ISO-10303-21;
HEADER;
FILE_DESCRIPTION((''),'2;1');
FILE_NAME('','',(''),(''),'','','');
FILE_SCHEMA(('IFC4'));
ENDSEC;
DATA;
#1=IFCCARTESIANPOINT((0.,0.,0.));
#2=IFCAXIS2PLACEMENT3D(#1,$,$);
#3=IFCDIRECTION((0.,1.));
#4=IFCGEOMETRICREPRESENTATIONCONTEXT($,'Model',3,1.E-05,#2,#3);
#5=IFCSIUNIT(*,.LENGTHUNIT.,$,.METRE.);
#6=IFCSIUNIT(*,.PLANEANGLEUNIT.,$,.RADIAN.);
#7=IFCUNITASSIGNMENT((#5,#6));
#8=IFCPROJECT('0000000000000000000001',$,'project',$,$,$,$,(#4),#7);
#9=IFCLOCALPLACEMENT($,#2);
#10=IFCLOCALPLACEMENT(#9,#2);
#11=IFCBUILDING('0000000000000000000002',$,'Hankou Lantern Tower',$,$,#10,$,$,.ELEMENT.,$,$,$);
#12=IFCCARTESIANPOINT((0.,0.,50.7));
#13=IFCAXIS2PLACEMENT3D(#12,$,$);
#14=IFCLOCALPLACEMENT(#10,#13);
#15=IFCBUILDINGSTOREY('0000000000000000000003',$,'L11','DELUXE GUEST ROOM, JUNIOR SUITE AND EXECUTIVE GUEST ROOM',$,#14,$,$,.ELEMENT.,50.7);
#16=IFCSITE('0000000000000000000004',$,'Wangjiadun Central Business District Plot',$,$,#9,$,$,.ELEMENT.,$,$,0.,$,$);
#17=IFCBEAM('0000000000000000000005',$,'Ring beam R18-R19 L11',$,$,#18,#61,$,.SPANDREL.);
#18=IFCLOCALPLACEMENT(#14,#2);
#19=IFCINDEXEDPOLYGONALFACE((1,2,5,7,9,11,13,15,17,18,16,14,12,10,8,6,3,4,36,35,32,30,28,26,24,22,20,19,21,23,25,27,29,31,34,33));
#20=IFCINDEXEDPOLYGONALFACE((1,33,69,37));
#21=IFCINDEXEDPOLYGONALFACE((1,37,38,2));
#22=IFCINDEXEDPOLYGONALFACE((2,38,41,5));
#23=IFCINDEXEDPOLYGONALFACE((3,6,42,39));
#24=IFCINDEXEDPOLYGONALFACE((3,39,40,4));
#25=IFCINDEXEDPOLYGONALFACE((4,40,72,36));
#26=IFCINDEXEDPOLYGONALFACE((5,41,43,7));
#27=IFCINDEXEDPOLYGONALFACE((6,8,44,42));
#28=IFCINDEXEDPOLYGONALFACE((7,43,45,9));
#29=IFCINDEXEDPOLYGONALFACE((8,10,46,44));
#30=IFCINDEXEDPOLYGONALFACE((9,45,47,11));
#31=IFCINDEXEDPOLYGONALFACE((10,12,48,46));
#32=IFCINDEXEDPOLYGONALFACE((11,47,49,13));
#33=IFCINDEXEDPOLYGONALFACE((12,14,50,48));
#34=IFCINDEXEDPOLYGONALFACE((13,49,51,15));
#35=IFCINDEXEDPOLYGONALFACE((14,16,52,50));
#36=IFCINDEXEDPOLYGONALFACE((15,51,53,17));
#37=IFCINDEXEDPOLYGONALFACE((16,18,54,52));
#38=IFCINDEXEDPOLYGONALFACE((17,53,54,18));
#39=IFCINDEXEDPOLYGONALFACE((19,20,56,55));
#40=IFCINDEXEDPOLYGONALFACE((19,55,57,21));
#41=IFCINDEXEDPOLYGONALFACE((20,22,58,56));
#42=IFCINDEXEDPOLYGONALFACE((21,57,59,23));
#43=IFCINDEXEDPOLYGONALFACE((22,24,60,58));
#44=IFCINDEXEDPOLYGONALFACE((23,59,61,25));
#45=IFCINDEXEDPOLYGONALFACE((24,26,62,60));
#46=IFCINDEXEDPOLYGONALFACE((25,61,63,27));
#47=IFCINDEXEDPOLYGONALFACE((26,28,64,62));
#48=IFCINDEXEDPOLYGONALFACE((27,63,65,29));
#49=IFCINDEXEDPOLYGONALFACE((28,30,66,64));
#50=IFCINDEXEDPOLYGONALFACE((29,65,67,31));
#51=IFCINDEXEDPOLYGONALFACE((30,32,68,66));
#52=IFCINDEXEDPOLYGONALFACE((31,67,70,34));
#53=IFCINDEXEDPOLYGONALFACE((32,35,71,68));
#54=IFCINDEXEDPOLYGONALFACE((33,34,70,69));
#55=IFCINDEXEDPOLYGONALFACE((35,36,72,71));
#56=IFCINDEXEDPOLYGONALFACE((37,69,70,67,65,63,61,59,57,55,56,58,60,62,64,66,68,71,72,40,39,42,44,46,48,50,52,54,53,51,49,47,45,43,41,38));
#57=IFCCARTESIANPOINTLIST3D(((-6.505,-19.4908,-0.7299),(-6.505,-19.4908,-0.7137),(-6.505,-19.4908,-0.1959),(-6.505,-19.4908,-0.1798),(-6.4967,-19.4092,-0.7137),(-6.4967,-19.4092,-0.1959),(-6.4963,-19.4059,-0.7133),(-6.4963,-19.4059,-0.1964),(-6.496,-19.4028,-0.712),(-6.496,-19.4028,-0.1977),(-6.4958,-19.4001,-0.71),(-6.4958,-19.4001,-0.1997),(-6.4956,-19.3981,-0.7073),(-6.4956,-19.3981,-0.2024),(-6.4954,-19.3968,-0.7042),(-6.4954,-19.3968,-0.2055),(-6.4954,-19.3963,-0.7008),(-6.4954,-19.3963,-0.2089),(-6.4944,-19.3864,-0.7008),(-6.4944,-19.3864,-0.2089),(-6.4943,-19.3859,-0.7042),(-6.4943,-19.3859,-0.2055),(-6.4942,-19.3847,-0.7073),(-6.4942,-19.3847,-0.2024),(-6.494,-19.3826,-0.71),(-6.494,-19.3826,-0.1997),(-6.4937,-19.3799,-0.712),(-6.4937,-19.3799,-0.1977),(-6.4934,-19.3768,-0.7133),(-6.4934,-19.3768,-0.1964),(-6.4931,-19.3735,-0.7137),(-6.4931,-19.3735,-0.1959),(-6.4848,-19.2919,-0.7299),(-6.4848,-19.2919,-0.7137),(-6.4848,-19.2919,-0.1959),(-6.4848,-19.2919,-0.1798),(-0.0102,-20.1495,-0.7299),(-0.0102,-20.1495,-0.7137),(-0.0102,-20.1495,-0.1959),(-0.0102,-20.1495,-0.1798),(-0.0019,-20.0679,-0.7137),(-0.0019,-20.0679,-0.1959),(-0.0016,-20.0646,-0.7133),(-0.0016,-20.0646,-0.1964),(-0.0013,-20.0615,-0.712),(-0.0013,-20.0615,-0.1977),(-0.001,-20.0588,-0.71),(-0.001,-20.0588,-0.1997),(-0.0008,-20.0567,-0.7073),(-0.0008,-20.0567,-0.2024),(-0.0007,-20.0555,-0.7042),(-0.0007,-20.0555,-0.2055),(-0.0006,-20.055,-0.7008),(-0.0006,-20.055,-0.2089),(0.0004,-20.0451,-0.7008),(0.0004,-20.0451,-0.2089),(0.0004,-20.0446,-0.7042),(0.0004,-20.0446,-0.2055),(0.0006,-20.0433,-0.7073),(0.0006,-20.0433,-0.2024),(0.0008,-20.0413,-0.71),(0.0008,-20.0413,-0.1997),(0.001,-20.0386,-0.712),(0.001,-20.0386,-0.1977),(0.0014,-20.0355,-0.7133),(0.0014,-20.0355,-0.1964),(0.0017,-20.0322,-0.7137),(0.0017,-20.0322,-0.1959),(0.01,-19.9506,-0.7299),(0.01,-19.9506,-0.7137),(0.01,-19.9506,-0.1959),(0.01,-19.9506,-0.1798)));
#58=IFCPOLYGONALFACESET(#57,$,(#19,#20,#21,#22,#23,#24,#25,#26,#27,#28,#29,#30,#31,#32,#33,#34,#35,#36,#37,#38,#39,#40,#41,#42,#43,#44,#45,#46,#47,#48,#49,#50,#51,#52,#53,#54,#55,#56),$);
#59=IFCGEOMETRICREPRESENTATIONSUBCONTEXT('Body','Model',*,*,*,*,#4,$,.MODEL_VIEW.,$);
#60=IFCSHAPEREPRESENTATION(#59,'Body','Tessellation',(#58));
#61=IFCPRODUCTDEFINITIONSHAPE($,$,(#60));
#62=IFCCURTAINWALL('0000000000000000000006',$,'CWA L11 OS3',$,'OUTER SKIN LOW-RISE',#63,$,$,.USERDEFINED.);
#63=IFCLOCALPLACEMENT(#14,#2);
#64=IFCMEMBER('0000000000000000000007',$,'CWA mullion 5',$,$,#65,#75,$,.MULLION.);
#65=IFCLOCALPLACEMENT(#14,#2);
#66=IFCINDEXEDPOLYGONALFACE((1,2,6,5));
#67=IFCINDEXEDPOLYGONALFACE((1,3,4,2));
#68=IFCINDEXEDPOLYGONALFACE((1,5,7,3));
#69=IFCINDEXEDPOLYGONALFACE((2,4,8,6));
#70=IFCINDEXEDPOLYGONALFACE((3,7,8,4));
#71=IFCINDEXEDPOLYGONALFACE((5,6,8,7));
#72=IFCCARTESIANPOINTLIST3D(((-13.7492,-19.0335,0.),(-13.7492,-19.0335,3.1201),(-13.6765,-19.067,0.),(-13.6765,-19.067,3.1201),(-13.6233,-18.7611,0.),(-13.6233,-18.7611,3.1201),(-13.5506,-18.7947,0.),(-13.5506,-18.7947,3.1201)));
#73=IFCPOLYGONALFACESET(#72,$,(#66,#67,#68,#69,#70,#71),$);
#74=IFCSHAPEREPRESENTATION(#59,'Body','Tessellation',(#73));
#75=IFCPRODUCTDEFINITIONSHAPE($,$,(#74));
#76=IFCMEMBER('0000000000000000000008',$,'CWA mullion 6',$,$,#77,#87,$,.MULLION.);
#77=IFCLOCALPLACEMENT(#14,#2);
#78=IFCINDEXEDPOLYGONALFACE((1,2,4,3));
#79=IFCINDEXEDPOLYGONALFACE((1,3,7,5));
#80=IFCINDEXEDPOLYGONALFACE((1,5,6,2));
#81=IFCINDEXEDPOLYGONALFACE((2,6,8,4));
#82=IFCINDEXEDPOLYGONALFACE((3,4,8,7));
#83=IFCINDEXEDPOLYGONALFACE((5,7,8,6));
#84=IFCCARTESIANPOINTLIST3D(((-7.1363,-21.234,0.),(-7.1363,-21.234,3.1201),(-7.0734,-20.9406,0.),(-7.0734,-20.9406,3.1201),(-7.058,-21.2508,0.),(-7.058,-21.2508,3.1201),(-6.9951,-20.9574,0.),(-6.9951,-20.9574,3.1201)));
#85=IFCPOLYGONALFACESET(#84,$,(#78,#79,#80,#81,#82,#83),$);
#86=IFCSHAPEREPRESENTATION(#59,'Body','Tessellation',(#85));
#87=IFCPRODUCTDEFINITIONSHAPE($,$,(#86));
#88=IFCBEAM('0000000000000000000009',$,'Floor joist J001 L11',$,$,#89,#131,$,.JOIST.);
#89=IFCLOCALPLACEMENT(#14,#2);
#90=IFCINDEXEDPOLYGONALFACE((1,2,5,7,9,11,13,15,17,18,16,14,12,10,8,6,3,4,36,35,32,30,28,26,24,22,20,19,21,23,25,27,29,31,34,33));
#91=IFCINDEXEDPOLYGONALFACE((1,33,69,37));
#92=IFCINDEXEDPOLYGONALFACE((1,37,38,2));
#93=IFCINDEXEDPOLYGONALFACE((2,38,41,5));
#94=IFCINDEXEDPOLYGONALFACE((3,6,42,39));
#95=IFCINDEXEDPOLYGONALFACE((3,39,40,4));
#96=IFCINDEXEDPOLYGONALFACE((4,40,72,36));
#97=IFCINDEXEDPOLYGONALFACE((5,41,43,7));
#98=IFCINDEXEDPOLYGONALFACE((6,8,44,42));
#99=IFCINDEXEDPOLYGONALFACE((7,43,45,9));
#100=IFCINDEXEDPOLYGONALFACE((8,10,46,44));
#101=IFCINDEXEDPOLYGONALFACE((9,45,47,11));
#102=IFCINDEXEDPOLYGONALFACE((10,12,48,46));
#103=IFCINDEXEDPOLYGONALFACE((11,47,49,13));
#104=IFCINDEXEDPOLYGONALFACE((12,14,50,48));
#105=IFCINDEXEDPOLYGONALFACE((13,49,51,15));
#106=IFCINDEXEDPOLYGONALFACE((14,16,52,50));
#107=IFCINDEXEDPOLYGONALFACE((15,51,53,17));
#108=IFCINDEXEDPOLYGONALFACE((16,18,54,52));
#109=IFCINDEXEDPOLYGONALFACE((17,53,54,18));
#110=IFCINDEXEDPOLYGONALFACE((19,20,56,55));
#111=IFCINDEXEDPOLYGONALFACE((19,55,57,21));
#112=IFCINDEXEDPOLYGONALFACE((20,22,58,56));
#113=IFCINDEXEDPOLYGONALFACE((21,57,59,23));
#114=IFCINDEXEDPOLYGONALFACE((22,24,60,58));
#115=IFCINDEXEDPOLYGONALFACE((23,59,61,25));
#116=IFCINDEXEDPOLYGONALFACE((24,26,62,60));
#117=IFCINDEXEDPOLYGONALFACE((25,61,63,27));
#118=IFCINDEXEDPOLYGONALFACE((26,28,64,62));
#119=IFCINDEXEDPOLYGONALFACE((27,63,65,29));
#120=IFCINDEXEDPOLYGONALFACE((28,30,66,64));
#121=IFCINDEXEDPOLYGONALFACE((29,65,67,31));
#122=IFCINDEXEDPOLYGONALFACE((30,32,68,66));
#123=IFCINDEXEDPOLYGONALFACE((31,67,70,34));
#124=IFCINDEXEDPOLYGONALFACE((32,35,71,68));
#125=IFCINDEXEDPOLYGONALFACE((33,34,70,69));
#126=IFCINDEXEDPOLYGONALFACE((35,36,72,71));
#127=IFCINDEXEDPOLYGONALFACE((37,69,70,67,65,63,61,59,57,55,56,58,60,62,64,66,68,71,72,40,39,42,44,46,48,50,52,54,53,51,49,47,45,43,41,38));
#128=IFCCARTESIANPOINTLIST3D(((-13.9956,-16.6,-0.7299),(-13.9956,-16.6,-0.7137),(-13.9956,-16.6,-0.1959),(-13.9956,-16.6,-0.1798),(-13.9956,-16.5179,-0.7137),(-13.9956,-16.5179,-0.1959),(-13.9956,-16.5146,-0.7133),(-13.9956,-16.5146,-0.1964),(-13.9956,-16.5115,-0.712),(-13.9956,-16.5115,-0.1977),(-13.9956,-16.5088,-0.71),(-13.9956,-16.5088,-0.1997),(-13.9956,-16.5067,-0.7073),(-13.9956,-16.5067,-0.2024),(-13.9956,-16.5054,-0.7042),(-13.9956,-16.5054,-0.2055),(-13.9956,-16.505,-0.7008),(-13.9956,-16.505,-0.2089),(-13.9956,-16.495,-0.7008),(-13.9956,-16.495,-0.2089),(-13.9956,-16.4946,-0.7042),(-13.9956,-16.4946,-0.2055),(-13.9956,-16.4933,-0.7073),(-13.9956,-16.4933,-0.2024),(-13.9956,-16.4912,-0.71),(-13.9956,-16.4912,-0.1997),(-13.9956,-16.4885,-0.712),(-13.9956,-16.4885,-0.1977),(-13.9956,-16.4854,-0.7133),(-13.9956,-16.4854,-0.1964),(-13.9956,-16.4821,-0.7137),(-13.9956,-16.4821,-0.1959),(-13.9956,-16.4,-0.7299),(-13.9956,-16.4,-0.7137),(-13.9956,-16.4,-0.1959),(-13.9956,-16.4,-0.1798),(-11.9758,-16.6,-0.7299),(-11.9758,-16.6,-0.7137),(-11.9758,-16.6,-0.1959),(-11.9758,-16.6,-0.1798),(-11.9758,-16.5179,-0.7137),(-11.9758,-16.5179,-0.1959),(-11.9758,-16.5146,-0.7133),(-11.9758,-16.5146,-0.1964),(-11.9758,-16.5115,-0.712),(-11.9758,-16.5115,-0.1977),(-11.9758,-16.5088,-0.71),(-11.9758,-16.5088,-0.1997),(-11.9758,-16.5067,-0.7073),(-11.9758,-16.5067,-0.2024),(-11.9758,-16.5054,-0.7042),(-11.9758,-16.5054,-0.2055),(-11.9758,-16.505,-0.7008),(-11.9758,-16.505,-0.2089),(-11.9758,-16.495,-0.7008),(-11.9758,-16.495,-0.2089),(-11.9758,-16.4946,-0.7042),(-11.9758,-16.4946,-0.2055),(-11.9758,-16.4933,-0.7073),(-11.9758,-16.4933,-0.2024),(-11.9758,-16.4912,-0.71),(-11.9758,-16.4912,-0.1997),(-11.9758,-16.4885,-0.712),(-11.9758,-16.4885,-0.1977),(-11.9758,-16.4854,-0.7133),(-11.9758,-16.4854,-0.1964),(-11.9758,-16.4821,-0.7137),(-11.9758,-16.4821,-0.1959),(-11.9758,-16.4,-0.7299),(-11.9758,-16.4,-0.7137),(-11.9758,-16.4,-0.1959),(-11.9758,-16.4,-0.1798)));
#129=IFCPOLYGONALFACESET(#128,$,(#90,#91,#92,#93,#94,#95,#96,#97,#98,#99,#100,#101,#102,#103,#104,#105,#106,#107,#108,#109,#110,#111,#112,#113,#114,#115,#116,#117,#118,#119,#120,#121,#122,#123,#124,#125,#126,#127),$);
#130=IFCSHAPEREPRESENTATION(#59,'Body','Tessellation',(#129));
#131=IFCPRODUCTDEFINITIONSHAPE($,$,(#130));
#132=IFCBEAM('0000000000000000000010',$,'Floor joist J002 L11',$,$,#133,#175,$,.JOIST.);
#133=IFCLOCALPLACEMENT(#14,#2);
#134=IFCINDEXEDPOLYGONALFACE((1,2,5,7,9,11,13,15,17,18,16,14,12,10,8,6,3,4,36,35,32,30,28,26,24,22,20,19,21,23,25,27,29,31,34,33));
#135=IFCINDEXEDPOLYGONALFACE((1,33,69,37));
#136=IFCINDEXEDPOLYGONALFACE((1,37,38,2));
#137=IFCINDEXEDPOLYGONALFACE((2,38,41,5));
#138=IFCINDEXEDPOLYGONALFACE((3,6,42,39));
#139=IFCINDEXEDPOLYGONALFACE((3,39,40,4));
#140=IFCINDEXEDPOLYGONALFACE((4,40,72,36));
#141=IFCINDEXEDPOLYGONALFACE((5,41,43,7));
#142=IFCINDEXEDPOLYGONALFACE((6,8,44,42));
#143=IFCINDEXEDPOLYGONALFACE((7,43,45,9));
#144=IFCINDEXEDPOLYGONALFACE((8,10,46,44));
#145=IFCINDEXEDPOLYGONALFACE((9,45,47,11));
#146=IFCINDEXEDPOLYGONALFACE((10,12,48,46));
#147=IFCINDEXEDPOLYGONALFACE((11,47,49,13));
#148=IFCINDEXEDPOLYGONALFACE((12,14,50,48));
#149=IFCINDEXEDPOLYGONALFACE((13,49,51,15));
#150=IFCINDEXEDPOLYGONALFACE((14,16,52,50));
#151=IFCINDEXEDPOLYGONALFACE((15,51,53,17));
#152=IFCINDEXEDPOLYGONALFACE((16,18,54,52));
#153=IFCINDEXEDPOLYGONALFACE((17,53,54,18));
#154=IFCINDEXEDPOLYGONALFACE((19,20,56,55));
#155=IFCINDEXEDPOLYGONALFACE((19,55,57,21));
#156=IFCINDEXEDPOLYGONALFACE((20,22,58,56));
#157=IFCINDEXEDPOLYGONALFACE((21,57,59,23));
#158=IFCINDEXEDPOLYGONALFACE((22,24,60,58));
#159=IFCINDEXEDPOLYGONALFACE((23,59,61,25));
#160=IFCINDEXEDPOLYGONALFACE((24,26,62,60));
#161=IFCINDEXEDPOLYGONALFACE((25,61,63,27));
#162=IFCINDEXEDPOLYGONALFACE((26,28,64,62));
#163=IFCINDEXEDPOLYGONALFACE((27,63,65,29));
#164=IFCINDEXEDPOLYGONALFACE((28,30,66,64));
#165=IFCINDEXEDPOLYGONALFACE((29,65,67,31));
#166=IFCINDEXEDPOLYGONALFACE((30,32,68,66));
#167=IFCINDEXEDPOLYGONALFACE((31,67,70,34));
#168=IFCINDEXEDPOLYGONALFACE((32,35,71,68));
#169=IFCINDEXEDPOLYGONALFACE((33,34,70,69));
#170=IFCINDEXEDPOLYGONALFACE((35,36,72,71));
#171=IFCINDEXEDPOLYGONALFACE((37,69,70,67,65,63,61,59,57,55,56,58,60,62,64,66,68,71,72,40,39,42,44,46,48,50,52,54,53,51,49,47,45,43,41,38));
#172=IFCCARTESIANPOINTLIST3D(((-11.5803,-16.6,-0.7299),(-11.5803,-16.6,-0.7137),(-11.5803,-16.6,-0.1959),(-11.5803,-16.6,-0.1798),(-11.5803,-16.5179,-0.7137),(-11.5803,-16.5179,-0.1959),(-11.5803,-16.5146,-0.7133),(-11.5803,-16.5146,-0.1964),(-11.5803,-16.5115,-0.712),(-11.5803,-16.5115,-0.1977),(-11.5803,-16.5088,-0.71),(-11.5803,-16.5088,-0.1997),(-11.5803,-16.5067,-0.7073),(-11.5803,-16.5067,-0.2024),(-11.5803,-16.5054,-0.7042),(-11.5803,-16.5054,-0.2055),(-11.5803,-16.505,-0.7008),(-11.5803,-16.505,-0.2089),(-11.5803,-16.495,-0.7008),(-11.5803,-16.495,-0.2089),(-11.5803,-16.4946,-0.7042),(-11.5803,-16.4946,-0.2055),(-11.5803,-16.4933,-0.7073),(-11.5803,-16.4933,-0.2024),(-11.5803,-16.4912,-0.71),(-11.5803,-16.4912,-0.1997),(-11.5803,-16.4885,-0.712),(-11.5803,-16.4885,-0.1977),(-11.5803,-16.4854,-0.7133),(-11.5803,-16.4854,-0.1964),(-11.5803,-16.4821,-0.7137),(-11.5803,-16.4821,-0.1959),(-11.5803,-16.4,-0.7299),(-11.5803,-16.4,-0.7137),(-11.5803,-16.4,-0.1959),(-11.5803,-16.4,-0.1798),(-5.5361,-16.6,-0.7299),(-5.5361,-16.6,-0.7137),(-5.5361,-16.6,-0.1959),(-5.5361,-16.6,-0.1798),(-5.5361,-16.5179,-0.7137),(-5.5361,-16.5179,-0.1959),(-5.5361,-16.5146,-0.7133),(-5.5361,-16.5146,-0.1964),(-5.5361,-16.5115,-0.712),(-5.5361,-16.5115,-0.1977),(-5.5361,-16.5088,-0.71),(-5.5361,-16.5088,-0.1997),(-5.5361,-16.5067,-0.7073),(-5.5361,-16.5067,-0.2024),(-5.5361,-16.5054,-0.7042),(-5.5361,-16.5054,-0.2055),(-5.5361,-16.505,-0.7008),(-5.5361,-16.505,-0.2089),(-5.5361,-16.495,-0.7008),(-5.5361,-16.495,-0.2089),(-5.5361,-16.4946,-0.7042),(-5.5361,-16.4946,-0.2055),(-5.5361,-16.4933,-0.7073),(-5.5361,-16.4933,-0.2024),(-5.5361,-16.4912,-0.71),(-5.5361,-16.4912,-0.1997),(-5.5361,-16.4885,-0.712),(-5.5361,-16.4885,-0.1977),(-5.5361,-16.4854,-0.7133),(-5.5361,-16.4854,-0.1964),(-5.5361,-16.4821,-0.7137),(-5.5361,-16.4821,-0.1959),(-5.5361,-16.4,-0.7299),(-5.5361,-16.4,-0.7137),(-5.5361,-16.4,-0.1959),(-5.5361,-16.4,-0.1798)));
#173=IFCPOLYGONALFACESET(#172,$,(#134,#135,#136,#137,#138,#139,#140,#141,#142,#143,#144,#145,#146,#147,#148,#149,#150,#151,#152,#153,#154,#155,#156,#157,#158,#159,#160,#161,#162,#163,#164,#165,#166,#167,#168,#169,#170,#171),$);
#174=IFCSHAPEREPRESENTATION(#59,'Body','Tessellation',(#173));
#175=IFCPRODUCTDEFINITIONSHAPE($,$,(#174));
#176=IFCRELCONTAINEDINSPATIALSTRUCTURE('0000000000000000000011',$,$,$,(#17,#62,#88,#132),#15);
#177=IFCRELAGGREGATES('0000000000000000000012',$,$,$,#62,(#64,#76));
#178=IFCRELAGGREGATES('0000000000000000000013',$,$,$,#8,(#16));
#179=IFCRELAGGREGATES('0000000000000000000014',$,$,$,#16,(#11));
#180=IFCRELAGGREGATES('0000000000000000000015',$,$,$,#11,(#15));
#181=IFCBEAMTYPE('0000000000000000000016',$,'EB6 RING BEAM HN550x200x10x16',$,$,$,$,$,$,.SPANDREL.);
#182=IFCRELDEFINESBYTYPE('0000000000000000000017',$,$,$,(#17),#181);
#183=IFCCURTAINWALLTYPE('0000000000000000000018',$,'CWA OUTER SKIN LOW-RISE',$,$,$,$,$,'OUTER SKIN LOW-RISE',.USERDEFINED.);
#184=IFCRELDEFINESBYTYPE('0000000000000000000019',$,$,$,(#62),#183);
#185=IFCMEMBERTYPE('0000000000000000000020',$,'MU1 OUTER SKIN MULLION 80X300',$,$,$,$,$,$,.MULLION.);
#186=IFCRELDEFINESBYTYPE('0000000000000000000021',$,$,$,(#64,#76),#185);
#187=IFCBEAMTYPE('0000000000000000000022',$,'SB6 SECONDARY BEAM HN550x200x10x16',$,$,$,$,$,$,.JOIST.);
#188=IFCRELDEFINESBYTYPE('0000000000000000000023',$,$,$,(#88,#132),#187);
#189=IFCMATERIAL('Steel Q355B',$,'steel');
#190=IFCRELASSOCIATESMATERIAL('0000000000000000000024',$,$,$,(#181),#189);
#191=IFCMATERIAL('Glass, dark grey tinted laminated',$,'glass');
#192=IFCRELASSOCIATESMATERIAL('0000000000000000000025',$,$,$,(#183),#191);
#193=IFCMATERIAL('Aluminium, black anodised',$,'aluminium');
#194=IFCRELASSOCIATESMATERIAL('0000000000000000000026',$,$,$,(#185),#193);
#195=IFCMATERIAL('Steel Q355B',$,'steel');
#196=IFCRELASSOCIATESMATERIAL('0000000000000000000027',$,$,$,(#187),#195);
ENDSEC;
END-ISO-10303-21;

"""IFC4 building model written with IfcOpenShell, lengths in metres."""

from ifc_helpers import new_model, si_unit, direction, frame, origin, origin_2d, place, context, subcontext, project, spatial, rectangle, i_section, extrude, material, material_profile, profile_set, type_object, element, aggregate, save


model = new_model("IFC4")

# Units and contexts
model_context = context("Model", 3, precision=1e-05, world=origin(), true_north=direction((0.0, 1.0)))
body_context = subcontext(model_context, "Body", "Model", "MODEL_VIEW")
ifc_project = project(units=[si_unit("LENGTHUNIT", "METRE"), si_unit("PLANEANGLEUNIT", "RADIAN")], contexts=[model_context])

# Site, building, storey
site_placement = place(None, origin())
site = spatial("IfcSite", under=ifc_project, at=site_placement, Name="Wangjiadun Central Business District Plot", CompositionType="ELEMENT", RefElevation=0.0)
building_placement = place(site_placement, origin())
building = spatial("IfcBuilding", under=site, at=building_placement, Name="Hankou Lantern Tower", CompositionType="ELEMENT")
storey_placement = place(building_placement, frame((0.0, 0.0, 50.7)))
storey = spatial("IfcBuildingStorey", under=building, at=storey_placement, Name="L11", Description="DELUXE GUEST ROOM, JUNIOR SUITE AND EXECUTIVE GUEST ROOM", CompositionType="ELEMENT", Elevation=50.7)

# Beam
ifc_material_1 = material(Name="Steel Q355B", Category="steel")
ifc_material_profile_1 = material_profile(ifc_material_1, i_section(OverallWidth=0.2, OverallDepth=0.55, WebThickness=0.01, FlangeThickness=0.0161, FilletRadius=0.0129, at=origin_2d()), Name="HN550x200x10x16")
ifc_profile_set_1 = profile_set([ifc_material_profile_1], Name="Steel Q355B")
beam_type_1 = type_object("IfcBeamType", Name="EB6 RING BEAM HN550x200x10x16", PredefinedType="SPANDREL", material=ifc_profile_set_1)
beam_1_placement = place(storey_placement, frame((-6.4949, -19.3914, -0.4548), z_axis=(0.994897, -0.1009, 0.0), x_axis=(0.1009, 0.994897, 0.0)))
element("IfcBeam", 1, at=beam_1_placement, inside=storey, type_object=beam_type_1, Name="Ring beam R18-R19 L11", PredefinedType="SPANDREL", context=body_context, shape_type="SweptSolid", body=[
    extrude(i_section(OverallWidth=0.2, OverallDepth=0.55, WebThickness=0.01, FlangeThickness=0.0161, FilletRadius=0.0129, at=origin_2d()), origin(), (0.0, 0.0, 1.0), 6.5281),
])

# Curtain wall, members
ifc_material_2 = material(Name="Glass, dark grey tinted laminated", Category="glass")
curtain_wall_type = type_object("IfcCurtainWallType", Name="CWA OUTER SKIN LOW-RISE", ElementType="OUTER SKIN LOW-RISE", PredefinedType="USERDEFINED", material=ifc_material_2)
curtain_wall_placement = place(storey_placement, origin())
curtain_wall = element("IfcCurtainWall", 2, at=curtain_wall_placement, inside=storey, type_object=curtain_wall_type, Name="CWA L11 OS3", ObjectType="OUTER SKIN LOW-RISE", PredefinedType="USERDEFINED")
ifc_material_3 = material(Name="Aluminium, black anodised", Category="aluminium")
ifc_material_profile_2 = material_profile(ifc_material_3, rectangle(XDim=0.0801, YDim=0.3, at=origin_2d()), Name="MU1 80X300")
ifc_profile_set_2 = profile_set([ifc_material_profile_2], Name="Aluminium, black anodised")
member_type_1 = type_object("IfcMemberType", Name="MU1 OUTER SKIN MULLION 80X300", PredefinedType="MULLION", material=ifc_profile_set_2)
member_1_placement = place(storey_placement, frame((-13.6499, -18.9141, 0.0), z_axis=(0.0, 0.0, 1.0), x_axis=(0.907841, -0.419314, 0.0)))
member_1 = element("IfcMember", 3, at=member_1_placement, type_object=member_type_1, Name="CWA mullion 5", PredefinedType="MULLION", context=body_context, shape_type="SweptSolid", body=[
    extrude(rectangle(XDim=0.0801, YDim=0.3, at=origin_2d()), origin(), (0.0, 0.0, 1.0), 3.1201),
])
member_2_placement = place(storey_placement, frame((-7.0657, -21.0957, 0.0), z_axis=(0.0, 0.0, 1.0), x_axis=(0.977788, -0.209598, 0.0)))
member_2 = element("IfcMember", 4, at=member_2_placement, type_object=member_type_1, Name="CWA mullion 6", PredefinedType="MULLION", context=body_context, shape_type="SweptSolid", body=[
    extrude(rectangle(XDim=0.0801, YDim=0.3, at=origin_2d()), origin(), (0.0, 0.0, 1.0), 3.1201),
])

# Beams
ifc_material_4 = material(Name="Steel Q355B", Category="steel")
ifc_material_profile_3 = material_profile(ifc_material_4, i_section(OverallWidth=0.2, OverallDepth=0.55, WebThickness=0.01, FlangeThickness=0.0161, FilletRadius=0.0129, at=origin_2d()), Name="HN550x200x10x16")
ifc_profile_set_3 = profile_set([ifc_material_profile_3], Name="Steel Q355B")
beam_type_2 = type_object("IfcBeamType", Name="SB6 SECONDARY BEAM HN550x200x10x16", PredefinedType="JOIST", material=ifc_profile_set_3)
beam_2_placement = place(storey_placement, frame((-13.9956, -16.5, -0.4548), z_axis=(1.0, 0.0, 0.0), x_axis=(0.0, 1.0, 0.0)))
element("IfcBeam", 5, at=beam_2_placement, inside=storey, type_object=beam_type_2, Name="Floor joist J001 L11", PredefinedType="JOIST", context=body_context, shape_type="SweptSolid", body=[
    extrude(i_section(OverallWidth=0.2, OverallDepth=0.55, WebThickness=0.01, FlangeThickness=0.0161, FilletRadius=0.0129, at=origin_2d()), origin(), (0.0, 0.0, 1.0), 2.0198),
])
beam_3_placement = place(storey_placement, frame((-11.5803, -16.5, -0.4548), z_axis=(1.0, 0.0, 0.0), x_axis=(0.0, 1.0, 0.0)))
element("IfcBeam", 6, at=beam_3_placement, inside=storey, type_object=beam_type_2, Name="Floor joist J002 L11", PredefinedType="JOIST", context=body_context, shape_type="SweptSolid", body=[
    extrude(i_section(OverallWidth=0.2, OverallDepth=0.55, WebThickness=0.01, FlangeThickness=0.0161, FilletRadius=0.0129, at=origin_2d()), origin(), (0.0, 0.0, 1.0), 6.0442),
])

aggregate(curtain_wall, [member_1, member_2])

save(model, "model.ifc")
